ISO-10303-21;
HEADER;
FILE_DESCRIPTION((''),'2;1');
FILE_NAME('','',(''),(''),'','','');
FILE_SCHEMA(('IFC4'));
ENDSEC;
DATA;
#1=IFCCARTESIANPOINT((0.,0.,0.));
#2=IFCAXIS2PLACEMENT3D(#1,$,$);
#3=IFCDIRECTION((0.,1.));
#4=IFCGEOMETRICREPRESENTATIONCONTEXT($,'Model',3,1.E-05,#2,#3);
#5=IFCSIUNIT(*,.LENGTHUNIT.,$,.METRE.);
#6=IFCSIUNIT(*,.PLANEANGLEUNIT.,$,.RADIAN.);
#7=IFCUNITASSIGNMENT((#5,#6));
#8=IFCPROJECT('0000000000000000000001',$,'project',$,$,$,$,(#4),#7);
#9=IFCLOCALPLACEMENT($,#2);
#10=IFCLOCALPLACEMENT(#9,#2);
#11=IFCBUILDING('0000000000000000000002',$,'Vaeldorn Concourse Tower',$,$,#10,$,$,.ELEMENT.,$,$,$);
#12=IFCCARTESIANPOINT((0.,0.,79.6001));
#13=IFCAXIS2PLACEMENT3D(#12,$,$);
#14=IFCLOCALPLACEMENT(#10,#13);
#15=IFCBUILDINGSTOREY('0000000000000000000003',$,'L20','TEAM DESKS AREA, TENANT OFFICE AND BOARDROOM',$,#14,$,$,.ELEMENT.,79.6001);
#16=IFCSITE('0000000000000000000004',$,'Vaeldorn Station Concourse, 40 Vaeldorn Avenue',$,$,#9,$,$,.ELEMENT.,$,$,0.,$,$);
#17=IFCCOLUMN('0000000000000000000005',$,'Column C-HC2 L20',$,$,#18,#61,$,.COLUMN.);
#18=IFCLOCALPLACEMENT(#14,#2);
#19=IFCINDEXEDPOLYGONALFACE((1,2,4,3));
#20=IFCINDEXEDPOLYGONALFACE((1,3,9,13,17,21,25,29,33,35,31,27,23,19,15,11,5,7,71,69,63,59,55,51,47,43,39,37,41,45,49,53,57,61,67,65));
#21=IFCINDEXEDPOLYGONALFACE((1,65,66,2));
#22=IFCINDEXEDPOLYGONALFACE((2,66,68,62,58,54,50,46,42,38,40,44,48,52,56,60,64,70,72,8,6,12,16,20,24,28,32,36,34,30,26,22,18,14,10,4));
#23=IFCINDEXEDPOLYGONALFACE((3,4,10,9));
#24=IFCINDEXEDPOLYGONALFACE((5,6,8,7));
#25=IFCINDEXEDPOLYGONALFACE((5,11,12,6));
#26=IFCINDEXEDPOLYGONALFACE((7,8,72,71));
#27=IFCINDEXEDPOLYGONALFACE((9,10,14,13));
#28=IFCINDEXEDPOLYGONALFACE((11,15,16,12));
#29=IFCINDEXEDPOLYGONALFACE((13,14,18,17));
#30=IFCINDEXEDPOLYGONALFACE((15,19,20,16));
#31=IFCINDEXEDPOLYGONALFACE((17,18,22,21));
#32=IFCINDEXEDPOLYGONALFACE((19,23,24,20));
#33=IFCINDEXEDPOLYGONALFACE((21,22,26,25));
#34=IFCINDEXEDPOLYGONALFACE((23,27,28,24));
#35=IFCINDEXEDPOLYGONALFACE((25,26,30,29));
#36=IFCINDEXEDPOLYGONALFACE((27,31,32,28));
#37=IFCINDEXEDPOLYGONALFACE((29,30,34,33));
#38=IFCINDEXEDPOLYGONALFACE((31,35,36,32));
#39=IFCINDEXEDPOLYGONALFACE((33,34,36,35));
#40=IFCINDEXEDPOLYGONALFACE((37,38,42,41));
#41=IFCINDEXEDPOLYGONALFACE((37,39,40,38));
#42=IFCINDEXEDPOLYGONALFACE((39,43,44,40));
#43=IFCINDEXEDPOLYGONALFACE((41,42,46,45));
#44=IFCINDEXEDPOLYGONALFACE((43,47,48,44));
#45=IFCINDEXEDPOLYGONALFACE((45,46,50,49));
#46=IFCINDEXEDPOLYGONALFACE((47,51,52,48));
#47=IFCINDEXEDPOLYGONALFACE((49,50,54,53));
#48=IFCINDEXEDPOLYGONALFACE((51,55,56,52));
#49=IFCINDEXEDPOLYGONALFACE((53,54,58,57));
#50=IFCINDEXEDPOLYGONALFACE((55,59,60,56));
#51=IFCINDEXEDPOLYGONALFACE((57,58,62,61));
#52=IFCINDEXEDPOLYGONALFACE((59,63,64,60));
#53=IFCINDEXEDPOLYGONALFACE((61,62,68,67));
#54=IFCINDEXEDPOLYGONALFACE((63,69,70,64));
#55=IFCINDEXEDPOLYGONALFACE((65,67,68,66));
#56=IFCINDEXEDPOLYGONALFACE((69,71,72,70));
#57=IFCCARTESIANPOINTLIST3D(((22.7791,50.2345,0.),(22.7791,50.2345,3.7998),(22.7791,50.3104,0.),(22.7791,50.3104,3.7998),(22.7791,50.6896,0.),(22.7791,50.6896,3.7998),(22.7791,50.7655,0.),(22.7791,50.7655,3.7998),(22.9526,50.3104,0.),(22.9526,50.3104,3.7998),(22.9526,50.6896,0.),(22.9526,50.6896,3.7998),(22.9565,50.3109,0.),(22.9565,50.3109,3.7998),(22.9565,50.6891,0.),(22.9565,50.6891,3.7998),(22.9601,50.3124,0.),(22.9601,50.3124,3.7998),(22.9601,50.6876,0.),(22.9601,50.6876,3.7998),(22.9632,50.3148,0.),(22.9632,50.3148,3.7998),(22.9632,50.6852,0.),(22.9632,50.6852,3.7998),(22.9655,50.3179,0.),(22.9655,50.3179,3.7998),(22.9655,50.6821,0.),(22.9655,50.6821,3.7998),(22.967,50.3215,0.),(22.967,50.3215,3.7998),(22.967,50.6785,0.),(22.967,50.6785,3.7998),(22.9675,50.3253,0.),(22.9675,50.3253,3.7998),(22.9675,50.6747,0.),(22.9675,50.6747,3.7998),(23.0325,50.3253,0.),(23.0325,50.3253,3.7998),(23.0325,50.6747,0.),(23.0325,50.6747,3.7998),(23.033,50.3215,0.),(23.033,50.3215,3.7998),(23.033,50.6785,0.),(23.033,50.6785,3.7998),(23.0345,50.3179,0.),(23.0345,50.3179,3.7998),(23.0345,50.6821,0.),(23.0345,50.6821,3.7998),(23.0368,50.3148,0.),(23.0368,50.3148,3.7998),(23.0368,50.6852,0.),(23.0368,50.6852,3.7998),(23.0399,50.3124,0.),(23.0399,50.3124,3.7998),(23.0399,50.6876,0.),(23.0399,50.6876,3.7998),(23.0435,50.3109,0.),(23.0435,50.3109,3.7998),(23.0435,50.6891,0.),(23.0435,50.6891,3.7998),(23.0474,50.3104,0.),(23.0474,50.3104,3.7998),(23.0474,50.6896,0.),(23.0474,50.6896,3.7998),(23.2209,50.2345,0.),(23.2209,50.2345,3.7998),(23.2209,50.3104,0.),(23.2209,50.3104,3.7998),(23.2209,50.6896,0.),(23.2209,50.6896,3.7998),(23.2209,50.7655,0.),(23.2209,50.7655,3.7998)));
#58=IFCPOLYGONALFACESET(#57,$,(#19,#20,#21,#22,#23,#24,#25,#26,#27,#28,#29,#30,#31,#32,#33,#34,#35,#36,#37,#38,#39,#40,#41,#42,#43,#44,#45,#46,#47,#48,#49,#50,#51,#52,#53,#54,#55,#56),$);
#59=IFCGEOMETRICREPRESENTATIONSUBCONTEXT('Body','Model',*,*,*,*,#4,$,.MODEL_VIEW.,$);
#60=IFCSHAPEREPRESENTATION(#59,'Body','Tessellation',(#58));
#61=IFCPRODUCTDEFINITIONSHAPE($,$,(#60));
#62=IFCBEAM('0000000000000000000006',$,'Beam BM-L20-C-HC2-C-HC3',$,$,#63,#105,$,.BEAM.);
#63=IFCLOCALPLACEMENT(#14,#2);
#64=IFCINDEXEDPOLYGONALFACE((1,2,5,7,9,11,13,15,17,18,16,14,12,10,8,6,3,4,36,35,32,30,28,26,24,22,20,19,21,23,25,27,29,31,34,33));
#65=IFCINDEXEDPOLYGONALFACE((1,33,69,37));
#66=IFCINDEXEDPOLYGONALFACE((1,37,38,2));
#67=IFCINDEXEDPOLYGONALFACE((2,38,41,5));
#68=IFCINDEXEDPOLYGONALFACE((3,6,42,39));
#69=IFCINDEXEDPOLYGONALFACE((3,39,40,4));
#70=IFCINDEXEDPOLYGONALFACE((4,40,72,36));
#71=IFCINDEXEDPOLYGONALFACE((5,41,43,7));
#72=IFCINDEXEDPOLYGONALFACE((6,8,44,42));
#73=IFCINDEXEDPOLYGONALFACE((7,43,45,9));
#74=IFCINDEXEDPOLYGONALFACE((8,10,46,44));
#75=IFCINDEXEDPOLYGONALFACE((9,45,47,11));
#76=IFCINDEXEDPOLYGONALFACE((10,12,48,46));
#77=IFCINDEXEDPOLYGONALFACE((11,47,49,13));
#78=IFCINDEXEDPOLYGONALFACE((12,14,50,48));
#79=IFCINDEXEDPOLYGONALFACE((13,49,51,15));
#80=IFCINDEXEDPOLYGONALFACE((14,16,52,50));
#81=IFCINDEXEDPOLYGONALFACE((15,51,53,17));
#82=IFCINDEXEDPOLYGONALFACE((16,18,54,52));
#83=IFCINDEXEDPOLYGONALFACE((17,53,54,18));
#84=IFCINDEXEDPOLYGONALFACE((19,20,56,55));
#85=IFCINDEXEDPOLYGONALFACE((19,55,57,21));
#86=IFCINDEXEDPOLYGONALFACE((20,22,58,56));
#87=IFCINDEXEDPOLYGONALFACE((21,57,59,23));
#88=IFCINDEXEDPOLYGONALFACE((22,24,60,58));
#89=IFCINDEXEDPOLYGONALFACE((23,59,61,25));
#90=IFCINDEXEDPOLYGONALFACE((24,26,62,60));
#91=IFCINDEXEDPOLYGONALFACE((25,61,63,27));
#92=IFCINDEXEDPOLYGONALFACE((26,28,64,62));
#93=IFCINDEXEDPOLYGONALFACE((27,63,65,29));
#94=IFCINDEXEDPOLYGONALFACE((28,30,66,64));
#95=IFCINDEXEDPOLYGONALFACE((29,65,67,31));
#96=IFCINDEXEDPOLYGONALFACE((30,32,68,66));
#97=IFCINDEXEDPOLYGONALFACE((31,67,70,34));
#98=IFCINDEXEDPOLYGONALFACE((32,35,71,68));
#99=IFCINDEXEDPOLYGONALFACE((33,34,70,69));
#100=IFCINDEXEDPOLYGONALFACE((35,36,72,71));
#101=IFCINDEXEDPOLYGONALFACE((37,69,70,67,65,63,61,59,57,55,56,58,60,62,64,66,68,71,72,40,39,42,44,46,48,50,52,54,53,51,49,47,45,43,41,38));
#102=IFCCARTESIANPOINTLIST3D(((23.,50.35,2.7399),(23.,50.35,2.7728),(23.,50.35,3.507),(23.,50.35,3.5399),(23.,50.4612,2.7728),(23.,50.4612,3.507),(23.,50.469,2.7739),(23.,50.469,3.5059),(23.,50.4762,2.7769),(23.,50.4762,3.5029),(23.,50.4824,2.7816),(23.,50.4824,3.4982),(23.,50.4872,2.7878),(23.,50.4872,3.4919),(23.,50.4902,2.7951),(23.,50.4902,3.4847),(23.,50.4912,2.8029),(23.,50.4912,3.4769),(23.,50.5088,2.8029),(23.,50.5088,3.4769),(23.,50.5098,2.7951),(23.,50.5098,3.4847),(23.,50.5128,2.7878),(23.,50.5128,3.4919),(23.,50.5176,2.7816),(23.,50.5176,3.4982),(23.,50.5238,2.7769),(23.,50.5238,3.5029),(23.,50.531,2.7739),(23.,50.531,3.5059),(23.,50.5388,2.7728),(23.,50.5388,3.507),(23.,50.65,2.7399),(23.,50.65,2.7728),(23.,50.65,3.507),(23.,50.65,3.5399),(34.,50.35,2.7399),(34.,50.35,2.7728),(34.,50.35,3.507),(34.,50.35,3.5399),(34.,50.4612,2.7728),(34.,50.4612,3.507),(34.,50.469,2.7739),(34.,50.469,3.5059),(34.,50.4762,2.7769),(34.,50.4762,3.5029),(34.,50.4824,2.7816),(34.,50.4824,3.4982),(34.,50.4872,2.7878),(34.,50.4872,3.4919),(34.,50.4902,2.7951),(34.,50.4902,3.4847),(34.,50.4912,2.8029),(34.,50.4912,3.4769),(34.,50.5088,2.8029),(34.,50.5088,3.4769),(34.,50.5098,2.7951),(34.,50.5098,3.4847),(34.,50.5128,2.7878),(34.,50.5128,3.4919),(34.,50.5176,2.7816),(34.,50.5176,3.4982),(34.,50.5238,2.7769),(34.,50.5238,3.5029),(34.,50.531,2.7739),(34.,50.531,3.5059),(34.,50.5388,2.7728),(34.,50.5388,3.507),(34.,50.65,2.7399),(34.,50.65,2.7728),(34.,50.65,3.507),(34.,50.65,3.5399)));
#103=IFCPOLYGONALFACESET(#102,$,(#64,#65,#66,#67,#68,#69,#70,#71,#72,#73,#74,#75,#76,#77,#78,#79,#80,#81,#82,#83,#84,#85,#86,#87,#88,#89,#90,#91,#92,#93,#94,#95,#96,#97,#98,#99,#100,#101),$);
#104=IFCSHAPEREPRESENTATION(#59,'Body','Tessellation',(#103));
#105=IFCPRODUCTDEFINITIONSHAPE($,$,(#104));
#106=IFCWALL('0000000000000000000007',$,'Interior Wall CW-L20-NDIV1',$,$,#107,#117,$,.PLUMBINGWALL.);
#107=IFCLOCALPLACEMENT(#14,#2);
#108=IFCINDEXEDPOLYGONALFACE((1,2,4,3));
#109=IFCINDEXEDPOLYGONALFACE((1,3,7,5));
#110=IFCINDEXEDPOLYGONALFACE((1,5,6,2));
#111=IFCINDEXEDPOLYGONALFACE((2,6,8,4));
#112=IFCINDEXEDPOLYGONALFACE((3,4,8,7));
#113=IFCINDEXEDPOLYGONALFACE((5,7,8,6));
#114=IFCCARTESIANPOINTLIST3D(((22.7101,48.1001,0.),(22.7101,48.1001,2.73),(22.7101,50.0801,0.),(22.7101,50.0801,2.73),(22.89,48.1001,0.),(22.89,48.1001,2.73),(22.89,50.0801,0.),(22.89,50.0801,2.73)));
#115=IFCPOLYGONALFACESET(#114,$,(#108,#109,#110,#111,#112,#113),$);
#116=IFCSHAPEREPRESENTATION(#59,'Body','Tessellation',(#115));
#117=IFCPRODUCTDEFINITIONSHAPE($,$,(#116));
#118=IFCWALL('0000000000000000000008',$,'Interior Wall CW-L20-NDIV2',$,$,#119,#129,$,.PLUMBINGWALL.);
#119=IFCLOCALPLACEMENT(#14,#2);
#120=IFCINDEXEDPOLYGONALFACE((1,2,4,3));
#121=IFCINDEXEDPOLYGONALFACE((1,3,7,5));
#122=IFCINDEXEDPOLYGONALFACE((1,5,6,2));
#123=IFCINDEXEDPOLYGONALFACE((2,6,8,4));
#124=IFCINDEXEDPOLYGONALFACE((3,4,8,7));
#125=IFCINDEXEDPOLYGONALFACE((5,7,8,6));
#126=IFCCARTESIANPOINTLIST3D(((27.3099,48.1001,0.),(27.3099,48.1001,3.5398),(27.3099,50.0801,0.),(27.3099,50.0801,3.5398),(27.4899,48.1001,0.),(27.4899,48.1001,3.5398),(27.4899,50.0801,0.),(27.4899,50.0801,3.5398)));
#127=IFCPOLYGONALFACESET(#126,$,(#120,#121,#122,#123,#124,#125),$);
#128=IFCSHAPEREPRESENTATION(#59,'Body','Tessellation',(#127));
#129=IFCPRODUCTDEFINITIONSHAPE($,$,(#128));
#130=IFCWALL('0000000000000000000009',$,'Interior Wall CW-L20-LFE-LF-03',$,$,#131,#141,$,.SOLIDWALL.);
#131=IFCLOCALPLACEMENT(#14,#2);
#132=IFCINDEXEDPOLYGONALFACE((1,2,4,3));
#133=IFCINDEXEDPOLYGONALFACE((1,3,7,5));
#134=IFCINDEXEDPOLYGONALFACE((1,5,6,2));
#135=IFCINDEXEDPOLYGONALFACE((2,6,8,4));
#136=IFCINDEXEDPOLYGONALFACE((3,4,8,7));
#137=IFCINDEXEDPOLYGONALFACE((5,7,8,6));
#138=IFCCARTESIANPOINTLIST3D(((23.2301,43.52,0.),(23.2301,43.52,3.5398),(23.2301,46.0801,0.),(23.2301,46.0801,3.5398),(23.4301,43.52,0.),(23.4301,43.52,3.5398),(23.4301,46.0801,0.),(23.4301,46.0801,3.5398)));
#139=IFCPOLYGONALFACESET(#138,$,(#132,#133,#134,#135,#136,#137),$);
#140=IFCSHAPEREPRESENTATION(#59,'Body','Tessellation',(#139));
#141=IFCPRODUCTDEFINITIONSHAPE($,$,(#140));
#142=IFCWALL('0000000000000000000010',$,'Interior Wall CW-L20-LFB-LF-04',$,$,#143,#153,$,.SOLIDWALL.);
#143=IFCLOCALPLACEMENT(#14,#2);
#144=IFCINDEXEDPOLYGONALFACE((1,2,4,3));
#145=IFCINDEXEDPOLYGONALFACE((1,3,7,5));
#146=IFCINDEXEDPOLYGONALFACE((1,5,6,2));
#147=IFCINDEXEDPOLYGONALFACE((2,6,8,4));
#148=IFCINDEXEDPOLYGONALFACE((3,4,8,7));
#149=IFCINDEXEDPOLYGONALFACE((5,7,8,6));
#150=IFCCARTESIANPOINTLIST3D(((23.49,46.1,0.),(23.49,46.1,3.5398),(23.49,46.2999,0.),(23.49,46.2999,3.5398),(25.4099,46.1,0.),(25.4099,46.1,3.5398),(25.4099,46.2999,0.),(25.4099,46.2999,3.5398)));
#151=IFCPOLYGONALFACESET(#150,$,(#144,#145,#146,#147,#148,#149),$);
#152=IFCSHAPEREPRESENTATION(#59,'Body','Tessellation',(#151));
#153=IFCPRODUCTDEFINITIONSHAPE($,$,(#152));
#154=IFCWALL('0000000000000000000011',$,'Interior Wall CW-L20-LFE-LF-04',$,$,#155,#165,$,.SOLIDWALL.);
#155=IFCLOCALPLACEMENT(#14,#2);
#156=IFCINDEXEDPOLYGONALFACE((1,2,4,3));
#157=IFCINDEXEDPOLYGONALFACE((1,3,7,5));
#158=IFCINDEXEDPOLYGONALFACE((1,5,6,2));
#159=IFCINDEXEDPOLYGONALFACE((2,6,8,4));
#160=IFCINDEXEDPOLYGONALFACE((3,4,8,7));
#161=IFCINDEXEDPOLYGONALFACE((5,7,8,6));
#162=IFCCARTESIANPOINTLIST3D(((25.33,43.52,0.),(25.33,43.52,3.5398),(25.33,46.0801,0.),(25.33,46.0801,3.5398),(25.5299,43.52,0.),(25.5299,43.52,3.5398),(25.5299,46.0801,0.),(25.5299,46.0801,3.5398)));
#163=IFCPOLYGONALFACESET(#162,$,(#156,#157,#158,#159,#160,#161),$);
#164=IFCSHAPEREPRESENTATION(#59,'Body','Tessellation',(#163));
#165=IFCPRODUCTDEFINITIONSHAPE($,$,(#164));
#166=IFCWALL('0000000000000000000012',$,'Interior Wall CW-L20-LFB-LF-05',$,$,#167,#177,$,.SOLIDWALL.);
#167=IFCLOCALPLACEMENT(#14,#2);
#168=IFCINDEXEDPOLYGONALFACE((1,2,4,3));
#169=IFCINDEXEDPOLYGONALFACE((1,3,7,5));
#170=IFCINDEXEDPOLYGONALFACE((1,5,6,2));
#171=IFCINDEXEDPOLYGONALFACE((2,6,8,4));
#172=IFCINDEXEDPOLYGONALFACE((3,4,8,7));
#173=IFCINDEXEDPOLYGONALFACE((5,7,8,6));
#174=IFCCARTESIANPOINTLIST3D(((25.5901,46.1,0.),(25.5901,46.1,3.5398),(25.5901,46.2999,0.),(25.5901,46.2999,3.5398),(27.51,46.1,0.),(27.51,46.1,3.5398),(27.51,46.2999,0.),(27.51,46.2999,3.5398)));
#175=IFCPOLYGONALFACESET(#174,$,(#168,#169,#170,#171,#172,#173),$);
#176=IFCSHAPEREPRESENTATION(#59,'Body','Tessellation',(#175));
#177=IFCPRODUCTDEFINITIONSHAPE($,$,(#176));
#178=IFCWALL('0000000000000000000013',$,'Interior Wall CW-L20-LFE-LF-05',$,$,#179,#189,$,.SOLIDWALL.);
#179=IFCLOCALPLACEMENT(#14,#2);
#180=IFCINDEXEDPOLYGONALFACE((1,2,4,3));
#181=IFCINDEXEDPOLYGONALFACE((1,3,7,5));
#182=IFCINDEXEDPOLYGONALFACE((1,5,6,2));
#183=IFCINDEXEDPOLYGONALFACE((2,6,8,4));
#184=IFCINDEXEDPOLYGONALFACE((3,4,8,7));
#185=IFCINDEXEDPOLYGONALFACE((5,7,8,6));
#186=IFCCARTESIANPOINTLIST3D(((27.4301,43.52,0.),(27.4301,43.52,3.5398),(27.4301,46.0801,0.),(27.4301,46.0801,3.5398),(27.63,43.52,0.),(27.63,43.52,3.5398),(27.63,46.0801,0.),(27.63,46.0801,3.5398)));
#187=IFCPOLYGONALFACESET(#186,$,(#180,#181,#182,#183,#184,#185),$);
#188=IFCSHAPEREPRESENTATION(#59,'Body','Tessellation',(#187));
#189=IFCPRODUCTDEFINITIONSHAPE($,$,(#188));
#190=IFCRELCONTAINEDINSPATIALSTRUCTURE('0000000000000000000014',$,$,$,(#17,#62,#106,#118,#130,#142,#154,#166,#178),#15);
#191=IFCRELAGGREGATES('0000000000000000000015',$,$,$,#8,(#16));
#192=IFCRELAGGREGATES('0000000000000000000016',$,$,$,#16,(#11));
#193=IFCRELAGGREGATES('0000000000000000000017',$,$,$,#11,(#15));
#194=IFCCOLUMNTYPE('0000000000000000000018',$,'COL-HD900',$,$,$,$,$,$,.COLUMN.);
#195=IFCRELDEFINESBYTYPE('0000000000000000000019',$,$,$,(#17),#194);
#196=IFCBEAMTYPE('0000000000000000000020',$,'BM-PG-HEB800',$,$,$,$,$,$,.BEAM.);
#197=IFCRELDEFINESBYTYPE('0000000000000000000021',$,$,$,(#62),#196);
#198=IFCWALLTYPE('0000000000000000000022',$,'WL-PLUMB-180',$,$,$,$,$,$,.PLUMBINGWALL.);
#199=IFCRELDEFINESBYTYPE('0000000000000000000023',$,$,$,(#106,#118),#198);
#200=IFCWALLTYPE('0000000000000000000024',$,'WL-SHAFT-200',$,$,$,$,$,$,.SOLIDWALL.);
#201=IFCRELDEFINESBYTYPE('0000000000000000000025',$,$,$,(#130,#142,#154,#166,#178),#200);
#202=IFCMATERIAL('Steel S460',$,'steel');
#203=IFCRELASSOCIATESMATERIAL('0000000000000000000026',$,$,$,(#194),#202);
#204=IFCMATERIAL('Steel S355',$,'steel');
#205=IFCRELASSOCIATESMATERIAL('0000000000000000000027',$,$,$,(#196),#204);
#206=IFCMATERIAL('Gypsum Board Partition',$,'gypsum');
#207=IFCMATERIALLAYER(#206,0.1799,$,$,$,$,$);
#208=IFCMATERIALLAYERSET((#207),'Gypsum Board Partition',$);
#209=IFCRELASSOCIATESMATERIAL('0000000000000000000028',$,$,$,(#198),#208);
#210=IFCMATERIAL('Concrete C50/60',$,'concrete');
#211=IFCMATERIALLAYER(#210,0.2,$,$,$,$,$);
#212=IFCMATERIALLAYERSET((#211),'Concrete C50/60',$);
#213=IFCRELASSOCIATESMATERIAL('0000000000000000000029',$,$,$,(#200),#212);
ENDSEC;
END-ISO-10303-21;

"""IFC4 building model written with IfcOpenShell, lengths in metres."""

from ifc_helpers import new_model, si_unit, direction, frame, frame_2d, origin, origin_2d, place, context, subcontext, project, spatial, rectangle, i_section, extrude, source, transform, mapped, material, layer, layer_set, material_profile, profile_set, type_object, element, save


model = new_model("IFC4")

# Units and contexts
model_context = context("Model", 3, precision=1e-05, world=origin(), true_north=direction((0.0, 1.0)))
body_context = subcontext(model_context, "Body", "Model", "MODEL_VIEW")
ifc_project = project(units=[si_unit("LENGTHUNIT", "METRE"), si_unit("PLANEANGLEUNIT", "RADIAN")], contexts=[model_context])

# Site, building, storey
site_placement = place(None, origin())
site = spatial("IfcSite", under=ifc_project, at=site_placement, Name="Vaeldorn Station Concourse, 40 Vaeldorn Avenue", CompositionType="ELEMENT", RefElevation=0.0)
building_placement = place(site_placement, origin())
building = spatial("IfcBuilding", under=site, at=building_placement, Name="Vaeldorn Concourse Tower", CompositionType="ELEMENT")
storey_placement = place(building_placement, frame((0.0, 0.0, 79.6001)))
storey = spatial("IfcBuildingStorey", under=building, at=storey_placement, Name="L20", Description="TEAM DESKS AREA, TENANT OFFICE AND BOARDROOM", CompositionType="ELEMENT", Elevation=79.6001)

# Column
ifc_material_1 = material(Name="Steel S460", Category="steel")
ifc_material_profile_1 = material_profile(ifc_material_1, i_section(OverallWidth=0.4419, OverallDepth=0.531, WebThickness=0.0649, FlangeThickness=0.0759, FilletRadius=0.0149, at=origin_2d()), Name="HD 400x900")
ifc_profile_set_1 = profile_set([ifc_material_profile_1], Name="Steel S460")
column_type = type_object("IfcColumnType", Name="COL-HD900", PredefinedType="COLUMN", material=ifc_profile_set_1)
shared_shape_1 = source(origin(), body_context, "Body", "SweptSolid", [
    extrude(i_section(OverallWidth=0.4419, OverallDepth=0.531, WebThickness=0.0649, FlangeThickness=0.0759, FilletRadius=0.0149, at=origin_2d()), origin(), (0.0, 0.0, 1.0), 3.7998),
])
column_placement = place(storey_placement, frame((23.0, 50.5, 0.0), z_axis=(0.0, 0.0, 1.0), x_axis=(1.0, 0.0, 0.0)))
element("IfcColumn", 1, at=column_placement, inside=storey, type_object=column_type, Name="Column C-HC2 L20", PredefinedType="COLUMN", context=body_context, shape_type="MappedRepresentation", body=[
    mapped(shared_shape_1, transform((0.0, 0.0, 0.0), scale=1.0)),
])

# Beam
ifc_material_2 = material(Name="Steel S355", Category="steel")
ifc_material_profile_2 = material_profile(ifc_material_2, i_section(OverallWidth=0.3, OverallDepth=0.8, WebThickness=0.0176, FlangeThickness=0.033, FilletRadius=0.03, at=origin_2d()), Name="HEB 800")
ifc_profile_set_2 = profile_set([ifc_material_profile_2], Name="Steel S355")
beam_type = type_object("IfcBeamType", Name="BM-PG-HEB800", PredefinedType="BEAM", material=ifc_profile_set_2)
shared_shape_2 = source(origin(), body_context, "Body", "SweptSolid", [
    extrude(i_section(OverallWidth=0.3, OverallDepth=0.8, WebThickness=0.0176, FlangeThickness=0.033, FilletRadius=0.03, at=origin_2d()), origin(), (0.0, 0.0, 1.0), 11.0),
])
beam_placement = place(storey_placement, frame((23.0, 50.5, 3.1399), z_axis=(1.0, 0.0, 0.0), x_axis=(0.0, 1.0, 0.0)))
element("IfcBeam", 2, at=beam_placement, inside=storey, type_object=beam_type, Name="Beam BM-L20-C-HC2-C-HC3", PredefinedType="BEAM", context=body_context, shape_type="MappedRepresentation", body=[
    mapped(shared_shape_2, transform((0.0, 0.0, 0.0), scale=1.0)),
])

# Walls
ifc_material_3 = material(Name="Gypsum Board Partition", Category="gypsum")
ifc_layer_1 = layer(ifc_material_3, 0.1799)
ifc_layer_set_1 = layer_set([ifc_layer_1], Name="Gypsum Board Partition")
wall_type_1 = type_object("IfcWallType", Name="WL-PLUMB-180", PredefinedType="PLUMBINGWALL", material=ifc_layer_set_1)
wall_1_placement = place(storey_placement, frame((22.8, 48.1001, 0.0), z_axis=(0.0, 0.0, 1.0), x_axis=(0.0, 1.0, 0.0)))
element("IfcWall", 3, at=wall_1_placement, inside=storey, type_object=wall_type_1, Name="Interior Wall CW-L20-NDIV1", PredefinedType="PLUMBINGWALL", context=body_context, shape_type="SweptSolid", body=[
    extrude(rectangle(XDim=1.98, YDim=0.1799, at=frame_2d((0.99, 0.0))), origin(), (0.0, 0.0, 1.0), 2.73),
])
wall_2_placement = place(storey_placement, frame((27.3999, 48.1001, 0.0), z_axis=(0.0, 0.0, 1.0), x_axis=(0.0, 1.0, 0.0)))
element("IfcWall", 4, at=wall_2_placement, inside=storey, type_object=wall_type_1, Name="Interior Wall CW-L20-NDIV2", PredefinedType="PLUMBINGWALL", context=body_context, shape_type="SweptSolid", body=[
    extrude(rectangle(XDim=1.98, YDim=0.1799, at=frame_2d((0.99, 0.0))), origin(), (0.0, 0.0, 1.0), 3.5398),
])
ifc_material_4 = material(Name="Concrete C50/60", Category="concrete")
ifc_layer_2 = layer(ifc_material_4, 0.2)
ifc_layer_set_2 = layer_set([ifc_layer_2], Name="Concrete C50/60")
wall_type_2 = type_object("IfcWallType", Name="WL-SHAFT-200", PredefinedType="SOLIDWALL", material=ifc_layer_set_2)
wall_3_placement = place(storey_placement, frame((23.3301, 43.52, 0.0), z_axis=(0.0, 0.0, 1.0), x_axis=(0.0, 1.0, 0.0)))
element("IfcWall", 5, at=wall_3_placement, inside=storey, type_object=wall_type_2, Name="Interior Wall CW-L20-LFE-LF-03", PredefinedType="SOLIDWALL", context=body_context, shape_type="SweptSolid", body=[
    extrude(rectangle(XDim=2.5601, YDim=0.2, at=frame_2d((1.28, 0.0))), origin(), (0.0, 0.0, 1.0), 3.5398),
])

# Walls
wall_4_placement = place(storey_placement, frame((23.49, 46.2, 0.0), z_axis=(0.0, 0.0, 1.0), x_axis=(1.0, 0.0, 0.0)))
element("IfcWall", 6, at=wall_4_placement, inside=storey, type_object=wall_type_2, Name="Interior Wall CW-L20-LFB-LF-04", PredefinedType="SOLIDWALL", context=body_context, shape_type="SweptSolid", body=[
    extrude(rectangle(XDim=1.9199, YDim=0.2, at=frame_2d((0.96, 0.0))), origin(), (0.0, 0.0, 1.0), 3.5398),
])
wall_5_placement = place(storey_placement, frame((25.4299, 43.52, 0.0), z_axis=(0.0, 0.0, 1.0), x_axis=(0.0, 1.0, 0.0)))
element("IfcWall", 7, at=wall_5_placement, inside=storey, type_object=wall_type_2, Name="Interior Wall CW-L20-LFE-LF-04", PredefinedType="SOLIDWALL", context=body_context, shape_type="SweptSolid", body=[
    extrude(rectangle(XDim=2.5601, YDim=0.2, at=frame_2d((1.28, 0.0))), origin(), (0.0, 0.0, 1.0), 3.5398),
])

# Walls
wall_6_placement = place(storey_placement, frame((25.5901, 46.2, 0.0), z_axis=(0.0, 0.0, 1.0), x_axis=(1.0, 0.0, 0.0)))
element("IfcWall", 8, at=wall_6_placement, inside=storey, type_object=wall_type_2, Name="Interior Wall CW-L20-LFB-LF-05", PredefinedType="SOLIDWALL", context=body_context, shape_type="SweptSolid", body=[
    extrude(rectangle(XDim=1.9199, YDim=0.2, at=frame_2d((0.96, 0.0))), origin(), (0.0, 0.0, 1.0), 3.5398),
])
wall_7_placement = place(storey_placement, frame((27.53, 43.52, 0.0), z_axis=(0.0, 0.0, 1.0), x_axis=(0.0, 1.0, 0.0)))
element("IfcWall", 9, at=wall_7_placement, inside=storey, type_object=wall_type_2, Name="Interior Wall CW-L20-LFE-LF-05", PredefinedType="SOLIDWALL", context=body_context, shape_type="SweptSolid", body=[
    extrude(rectangle(XDim=2.5601, YDim=0.2, at=frame_2d((1.28, 0.0))), origin(), (0.0, 0.0, 1.0), 3.5398),
])

save(model, "model.ifc")
